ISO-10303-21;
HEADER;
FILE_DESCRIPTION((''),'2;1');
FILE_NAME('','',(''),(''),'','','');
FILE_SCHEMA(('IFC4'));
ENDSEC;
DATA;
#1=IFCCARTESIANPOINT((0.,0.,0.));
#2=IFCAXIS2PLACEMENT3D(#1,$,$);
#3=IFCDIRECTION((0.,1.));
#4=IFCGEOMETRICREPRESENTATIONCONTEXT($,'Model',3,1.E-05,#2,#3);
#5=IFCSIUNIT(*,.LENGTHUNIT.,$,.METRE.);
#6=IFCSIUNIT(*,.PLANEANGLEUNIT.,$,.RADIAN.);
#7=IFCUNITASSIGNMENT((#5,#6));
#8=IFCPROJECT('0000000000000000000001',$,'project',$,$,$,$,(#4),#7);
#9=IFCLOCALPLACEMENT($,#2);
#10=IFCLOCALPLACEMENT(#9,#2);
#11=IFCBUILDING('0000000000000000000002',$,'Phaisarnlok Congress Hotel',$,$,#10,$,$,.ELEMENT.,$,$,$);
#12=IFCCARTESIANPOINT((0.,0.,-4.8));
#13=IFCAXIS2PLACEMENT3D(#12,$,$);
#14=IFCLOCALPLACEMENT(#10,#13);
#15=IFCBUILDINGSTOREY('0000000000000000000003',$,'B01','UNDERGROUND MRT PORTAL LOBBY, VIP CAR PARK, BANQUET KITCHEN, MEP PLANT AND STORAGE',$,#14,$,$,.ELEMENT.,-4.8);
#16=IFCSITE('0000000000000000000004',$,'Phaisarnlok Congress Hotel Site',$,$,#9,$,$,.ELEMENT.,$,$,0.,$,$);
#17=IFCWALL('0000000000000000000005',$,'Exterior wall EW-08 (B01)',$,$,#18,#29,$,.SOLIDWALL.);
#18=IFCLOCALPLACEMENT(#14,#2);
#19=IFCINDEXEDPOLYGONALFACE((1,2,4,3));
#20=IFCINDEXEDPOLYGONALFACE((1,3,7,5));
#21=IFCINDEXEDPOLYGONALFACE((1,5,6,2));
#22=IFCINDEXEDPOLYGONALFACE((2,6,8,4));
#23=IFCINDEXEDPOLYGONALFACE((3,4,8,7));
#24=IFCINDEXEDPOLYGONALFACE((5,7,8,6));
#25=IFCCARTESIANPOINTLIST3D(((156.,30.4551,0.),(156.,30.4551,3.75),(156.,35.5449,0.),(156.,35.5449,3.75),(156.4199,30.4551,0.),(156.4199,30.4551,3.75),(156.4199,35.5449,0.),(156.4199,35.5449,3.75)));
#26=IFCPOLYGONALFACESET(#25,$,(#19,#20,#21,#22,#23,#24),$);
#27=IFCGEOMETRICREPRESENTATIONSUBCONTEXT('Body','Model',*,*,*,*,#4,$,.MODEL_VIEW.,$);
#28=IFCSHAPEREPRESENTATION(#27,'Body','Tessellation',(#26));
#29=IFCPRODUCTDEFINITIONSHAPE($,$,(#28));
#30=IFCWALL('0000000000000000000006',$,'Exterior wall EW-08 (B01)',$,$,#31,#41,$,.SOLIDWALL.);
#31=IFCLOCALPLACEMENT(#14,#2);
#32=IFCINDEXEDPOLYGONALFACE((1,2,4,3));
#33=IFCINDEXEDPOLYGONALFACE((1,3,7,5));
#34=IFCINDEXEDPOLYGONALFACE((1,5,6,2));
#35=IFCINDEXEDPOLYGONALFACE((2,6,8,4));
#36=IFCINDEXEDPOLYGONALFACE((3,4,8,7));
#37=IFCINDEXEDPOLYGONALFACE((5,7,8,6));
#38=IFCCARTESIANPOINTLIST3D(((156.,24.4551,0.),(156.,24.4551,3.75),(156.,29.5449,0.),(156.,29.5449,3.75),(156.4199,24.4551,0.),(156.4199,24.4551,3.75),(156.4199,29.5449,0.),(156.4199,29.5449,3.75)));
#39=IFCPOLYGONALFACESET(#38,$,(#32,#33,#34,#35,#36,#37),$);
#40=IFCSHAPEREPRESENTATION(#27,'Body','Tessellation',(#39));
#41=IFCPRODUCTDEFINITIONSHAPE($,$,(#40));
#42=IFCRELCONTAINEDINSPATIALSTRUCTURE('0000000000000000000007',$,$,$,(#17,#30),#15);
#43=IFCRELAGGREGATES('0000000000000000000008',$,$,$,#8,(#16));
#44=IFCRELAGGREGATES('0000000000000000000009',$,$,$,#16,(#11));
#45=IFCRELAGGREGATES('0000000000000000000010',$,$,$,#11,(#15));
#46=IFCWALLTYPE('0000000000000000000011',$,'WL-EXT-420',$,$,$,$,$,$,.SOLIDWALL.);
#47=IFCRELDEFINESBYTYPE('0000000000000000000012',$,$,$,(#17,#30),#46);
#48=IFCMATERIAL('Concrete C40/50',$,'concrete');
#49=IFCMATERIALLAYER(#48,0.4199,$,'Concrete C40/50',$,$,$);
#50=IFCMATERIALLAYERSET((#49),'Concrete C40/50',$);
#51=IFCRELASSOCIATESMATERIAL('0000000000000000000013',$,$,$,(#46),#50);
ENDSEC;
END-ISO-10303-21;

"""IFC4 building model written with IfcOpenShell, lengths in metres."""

from ifc_helpers import new_model, si_unit, direction, frame, frame_2d, origin, place, context, subcontext, project, spatial, rectangle, extrude, material, layer, layer_set, type_object, element, save


model = new_model("IFC4")

# Units and contexts
model_context = context("Model", 3, precision=1e-05, world=origin(), true_north=direction((0.0, 1.0)))
body_context = subcontext(model_context, "Body", "Model", "MODEL_VIEW")
ifc_project = project(units=[si_unit("LENGTHUNIT", "METRE"), si_unit("PLANEANGLEUNIT", "RADIAN")], contexts=[model_context])

# Site, building, storey
site_placement = place(None, origin())
site = spatial("IfcSite", under=ifc_project, at=site_placement, Name="Phaisarnlok Congress Hotel Site", CompositionType="ELEMENT", RefElevation=0.0)
building_placement = place(site_placement, origin())
building = spatial("IfcBuilding", under=site, at=building_placement, Name="Phaisarnlok Congress Hotel", CompositionType="ELEMENT")
storey_placement = place(building_placement, frame((0.0, 0.0, -4.8)))
storey = spatial("IfcBuildingStorey", under=building, at=storey_placement, Name="B01", Description="UNDERGROUND MRT PORTAL LOBBY, VIP CAR PARK, BANQUET KITCHEN, MEP PLANT AND STORAGE", CompositionType="ELEMENT", Elevation=-4.8)

# Shared definitions
ifc_material_1 = material(Name="Concrete C40/50", Category="concrete")

# Walls
ifc_layer = layer(ifc_material_1, 0.4199, Name="Concrete C40/50")
ifc_layer_set = layer_set([ifc_layer], Name="Concrete C40/50")
wall_type = type_object("IfcWallType", Name="WL-EXT-420", PredefinedType="SOLIDWALL", material=ifc_layer_set)
for number, where, z_axis, x_axis, name in (
    (1, (156.21, 35.5449, 0.0), (0.0, 0.0, 1.0), (0.0, -1.0, 0.0), "Exterior wall EW-08 (B01)"),
    (2, (156.21, 29.5449, 0.0), (0.0, 0.0, 1.0), (0.0, -1.0, 0.0), "Exterior wall EW-08 (B01)"),
):
    element("IfcWall", number, at=place(storey_placement, frame(where, z_axis=z_axis, x_axis=x_axis)), inside=storey, type_object=wall_type, Name=name, PredefinedType="SOLIDWALL", context=body_context, shape_type="SweptSolid", body=[
        extrude(rectangle(XDim=5.0898, YDim=0.4199, at=frame_2d((2.5449, 0.0))), origin(), (0.0, 0.0, 1.0), 3.75),
    ])

save(model, "model.ifc")
